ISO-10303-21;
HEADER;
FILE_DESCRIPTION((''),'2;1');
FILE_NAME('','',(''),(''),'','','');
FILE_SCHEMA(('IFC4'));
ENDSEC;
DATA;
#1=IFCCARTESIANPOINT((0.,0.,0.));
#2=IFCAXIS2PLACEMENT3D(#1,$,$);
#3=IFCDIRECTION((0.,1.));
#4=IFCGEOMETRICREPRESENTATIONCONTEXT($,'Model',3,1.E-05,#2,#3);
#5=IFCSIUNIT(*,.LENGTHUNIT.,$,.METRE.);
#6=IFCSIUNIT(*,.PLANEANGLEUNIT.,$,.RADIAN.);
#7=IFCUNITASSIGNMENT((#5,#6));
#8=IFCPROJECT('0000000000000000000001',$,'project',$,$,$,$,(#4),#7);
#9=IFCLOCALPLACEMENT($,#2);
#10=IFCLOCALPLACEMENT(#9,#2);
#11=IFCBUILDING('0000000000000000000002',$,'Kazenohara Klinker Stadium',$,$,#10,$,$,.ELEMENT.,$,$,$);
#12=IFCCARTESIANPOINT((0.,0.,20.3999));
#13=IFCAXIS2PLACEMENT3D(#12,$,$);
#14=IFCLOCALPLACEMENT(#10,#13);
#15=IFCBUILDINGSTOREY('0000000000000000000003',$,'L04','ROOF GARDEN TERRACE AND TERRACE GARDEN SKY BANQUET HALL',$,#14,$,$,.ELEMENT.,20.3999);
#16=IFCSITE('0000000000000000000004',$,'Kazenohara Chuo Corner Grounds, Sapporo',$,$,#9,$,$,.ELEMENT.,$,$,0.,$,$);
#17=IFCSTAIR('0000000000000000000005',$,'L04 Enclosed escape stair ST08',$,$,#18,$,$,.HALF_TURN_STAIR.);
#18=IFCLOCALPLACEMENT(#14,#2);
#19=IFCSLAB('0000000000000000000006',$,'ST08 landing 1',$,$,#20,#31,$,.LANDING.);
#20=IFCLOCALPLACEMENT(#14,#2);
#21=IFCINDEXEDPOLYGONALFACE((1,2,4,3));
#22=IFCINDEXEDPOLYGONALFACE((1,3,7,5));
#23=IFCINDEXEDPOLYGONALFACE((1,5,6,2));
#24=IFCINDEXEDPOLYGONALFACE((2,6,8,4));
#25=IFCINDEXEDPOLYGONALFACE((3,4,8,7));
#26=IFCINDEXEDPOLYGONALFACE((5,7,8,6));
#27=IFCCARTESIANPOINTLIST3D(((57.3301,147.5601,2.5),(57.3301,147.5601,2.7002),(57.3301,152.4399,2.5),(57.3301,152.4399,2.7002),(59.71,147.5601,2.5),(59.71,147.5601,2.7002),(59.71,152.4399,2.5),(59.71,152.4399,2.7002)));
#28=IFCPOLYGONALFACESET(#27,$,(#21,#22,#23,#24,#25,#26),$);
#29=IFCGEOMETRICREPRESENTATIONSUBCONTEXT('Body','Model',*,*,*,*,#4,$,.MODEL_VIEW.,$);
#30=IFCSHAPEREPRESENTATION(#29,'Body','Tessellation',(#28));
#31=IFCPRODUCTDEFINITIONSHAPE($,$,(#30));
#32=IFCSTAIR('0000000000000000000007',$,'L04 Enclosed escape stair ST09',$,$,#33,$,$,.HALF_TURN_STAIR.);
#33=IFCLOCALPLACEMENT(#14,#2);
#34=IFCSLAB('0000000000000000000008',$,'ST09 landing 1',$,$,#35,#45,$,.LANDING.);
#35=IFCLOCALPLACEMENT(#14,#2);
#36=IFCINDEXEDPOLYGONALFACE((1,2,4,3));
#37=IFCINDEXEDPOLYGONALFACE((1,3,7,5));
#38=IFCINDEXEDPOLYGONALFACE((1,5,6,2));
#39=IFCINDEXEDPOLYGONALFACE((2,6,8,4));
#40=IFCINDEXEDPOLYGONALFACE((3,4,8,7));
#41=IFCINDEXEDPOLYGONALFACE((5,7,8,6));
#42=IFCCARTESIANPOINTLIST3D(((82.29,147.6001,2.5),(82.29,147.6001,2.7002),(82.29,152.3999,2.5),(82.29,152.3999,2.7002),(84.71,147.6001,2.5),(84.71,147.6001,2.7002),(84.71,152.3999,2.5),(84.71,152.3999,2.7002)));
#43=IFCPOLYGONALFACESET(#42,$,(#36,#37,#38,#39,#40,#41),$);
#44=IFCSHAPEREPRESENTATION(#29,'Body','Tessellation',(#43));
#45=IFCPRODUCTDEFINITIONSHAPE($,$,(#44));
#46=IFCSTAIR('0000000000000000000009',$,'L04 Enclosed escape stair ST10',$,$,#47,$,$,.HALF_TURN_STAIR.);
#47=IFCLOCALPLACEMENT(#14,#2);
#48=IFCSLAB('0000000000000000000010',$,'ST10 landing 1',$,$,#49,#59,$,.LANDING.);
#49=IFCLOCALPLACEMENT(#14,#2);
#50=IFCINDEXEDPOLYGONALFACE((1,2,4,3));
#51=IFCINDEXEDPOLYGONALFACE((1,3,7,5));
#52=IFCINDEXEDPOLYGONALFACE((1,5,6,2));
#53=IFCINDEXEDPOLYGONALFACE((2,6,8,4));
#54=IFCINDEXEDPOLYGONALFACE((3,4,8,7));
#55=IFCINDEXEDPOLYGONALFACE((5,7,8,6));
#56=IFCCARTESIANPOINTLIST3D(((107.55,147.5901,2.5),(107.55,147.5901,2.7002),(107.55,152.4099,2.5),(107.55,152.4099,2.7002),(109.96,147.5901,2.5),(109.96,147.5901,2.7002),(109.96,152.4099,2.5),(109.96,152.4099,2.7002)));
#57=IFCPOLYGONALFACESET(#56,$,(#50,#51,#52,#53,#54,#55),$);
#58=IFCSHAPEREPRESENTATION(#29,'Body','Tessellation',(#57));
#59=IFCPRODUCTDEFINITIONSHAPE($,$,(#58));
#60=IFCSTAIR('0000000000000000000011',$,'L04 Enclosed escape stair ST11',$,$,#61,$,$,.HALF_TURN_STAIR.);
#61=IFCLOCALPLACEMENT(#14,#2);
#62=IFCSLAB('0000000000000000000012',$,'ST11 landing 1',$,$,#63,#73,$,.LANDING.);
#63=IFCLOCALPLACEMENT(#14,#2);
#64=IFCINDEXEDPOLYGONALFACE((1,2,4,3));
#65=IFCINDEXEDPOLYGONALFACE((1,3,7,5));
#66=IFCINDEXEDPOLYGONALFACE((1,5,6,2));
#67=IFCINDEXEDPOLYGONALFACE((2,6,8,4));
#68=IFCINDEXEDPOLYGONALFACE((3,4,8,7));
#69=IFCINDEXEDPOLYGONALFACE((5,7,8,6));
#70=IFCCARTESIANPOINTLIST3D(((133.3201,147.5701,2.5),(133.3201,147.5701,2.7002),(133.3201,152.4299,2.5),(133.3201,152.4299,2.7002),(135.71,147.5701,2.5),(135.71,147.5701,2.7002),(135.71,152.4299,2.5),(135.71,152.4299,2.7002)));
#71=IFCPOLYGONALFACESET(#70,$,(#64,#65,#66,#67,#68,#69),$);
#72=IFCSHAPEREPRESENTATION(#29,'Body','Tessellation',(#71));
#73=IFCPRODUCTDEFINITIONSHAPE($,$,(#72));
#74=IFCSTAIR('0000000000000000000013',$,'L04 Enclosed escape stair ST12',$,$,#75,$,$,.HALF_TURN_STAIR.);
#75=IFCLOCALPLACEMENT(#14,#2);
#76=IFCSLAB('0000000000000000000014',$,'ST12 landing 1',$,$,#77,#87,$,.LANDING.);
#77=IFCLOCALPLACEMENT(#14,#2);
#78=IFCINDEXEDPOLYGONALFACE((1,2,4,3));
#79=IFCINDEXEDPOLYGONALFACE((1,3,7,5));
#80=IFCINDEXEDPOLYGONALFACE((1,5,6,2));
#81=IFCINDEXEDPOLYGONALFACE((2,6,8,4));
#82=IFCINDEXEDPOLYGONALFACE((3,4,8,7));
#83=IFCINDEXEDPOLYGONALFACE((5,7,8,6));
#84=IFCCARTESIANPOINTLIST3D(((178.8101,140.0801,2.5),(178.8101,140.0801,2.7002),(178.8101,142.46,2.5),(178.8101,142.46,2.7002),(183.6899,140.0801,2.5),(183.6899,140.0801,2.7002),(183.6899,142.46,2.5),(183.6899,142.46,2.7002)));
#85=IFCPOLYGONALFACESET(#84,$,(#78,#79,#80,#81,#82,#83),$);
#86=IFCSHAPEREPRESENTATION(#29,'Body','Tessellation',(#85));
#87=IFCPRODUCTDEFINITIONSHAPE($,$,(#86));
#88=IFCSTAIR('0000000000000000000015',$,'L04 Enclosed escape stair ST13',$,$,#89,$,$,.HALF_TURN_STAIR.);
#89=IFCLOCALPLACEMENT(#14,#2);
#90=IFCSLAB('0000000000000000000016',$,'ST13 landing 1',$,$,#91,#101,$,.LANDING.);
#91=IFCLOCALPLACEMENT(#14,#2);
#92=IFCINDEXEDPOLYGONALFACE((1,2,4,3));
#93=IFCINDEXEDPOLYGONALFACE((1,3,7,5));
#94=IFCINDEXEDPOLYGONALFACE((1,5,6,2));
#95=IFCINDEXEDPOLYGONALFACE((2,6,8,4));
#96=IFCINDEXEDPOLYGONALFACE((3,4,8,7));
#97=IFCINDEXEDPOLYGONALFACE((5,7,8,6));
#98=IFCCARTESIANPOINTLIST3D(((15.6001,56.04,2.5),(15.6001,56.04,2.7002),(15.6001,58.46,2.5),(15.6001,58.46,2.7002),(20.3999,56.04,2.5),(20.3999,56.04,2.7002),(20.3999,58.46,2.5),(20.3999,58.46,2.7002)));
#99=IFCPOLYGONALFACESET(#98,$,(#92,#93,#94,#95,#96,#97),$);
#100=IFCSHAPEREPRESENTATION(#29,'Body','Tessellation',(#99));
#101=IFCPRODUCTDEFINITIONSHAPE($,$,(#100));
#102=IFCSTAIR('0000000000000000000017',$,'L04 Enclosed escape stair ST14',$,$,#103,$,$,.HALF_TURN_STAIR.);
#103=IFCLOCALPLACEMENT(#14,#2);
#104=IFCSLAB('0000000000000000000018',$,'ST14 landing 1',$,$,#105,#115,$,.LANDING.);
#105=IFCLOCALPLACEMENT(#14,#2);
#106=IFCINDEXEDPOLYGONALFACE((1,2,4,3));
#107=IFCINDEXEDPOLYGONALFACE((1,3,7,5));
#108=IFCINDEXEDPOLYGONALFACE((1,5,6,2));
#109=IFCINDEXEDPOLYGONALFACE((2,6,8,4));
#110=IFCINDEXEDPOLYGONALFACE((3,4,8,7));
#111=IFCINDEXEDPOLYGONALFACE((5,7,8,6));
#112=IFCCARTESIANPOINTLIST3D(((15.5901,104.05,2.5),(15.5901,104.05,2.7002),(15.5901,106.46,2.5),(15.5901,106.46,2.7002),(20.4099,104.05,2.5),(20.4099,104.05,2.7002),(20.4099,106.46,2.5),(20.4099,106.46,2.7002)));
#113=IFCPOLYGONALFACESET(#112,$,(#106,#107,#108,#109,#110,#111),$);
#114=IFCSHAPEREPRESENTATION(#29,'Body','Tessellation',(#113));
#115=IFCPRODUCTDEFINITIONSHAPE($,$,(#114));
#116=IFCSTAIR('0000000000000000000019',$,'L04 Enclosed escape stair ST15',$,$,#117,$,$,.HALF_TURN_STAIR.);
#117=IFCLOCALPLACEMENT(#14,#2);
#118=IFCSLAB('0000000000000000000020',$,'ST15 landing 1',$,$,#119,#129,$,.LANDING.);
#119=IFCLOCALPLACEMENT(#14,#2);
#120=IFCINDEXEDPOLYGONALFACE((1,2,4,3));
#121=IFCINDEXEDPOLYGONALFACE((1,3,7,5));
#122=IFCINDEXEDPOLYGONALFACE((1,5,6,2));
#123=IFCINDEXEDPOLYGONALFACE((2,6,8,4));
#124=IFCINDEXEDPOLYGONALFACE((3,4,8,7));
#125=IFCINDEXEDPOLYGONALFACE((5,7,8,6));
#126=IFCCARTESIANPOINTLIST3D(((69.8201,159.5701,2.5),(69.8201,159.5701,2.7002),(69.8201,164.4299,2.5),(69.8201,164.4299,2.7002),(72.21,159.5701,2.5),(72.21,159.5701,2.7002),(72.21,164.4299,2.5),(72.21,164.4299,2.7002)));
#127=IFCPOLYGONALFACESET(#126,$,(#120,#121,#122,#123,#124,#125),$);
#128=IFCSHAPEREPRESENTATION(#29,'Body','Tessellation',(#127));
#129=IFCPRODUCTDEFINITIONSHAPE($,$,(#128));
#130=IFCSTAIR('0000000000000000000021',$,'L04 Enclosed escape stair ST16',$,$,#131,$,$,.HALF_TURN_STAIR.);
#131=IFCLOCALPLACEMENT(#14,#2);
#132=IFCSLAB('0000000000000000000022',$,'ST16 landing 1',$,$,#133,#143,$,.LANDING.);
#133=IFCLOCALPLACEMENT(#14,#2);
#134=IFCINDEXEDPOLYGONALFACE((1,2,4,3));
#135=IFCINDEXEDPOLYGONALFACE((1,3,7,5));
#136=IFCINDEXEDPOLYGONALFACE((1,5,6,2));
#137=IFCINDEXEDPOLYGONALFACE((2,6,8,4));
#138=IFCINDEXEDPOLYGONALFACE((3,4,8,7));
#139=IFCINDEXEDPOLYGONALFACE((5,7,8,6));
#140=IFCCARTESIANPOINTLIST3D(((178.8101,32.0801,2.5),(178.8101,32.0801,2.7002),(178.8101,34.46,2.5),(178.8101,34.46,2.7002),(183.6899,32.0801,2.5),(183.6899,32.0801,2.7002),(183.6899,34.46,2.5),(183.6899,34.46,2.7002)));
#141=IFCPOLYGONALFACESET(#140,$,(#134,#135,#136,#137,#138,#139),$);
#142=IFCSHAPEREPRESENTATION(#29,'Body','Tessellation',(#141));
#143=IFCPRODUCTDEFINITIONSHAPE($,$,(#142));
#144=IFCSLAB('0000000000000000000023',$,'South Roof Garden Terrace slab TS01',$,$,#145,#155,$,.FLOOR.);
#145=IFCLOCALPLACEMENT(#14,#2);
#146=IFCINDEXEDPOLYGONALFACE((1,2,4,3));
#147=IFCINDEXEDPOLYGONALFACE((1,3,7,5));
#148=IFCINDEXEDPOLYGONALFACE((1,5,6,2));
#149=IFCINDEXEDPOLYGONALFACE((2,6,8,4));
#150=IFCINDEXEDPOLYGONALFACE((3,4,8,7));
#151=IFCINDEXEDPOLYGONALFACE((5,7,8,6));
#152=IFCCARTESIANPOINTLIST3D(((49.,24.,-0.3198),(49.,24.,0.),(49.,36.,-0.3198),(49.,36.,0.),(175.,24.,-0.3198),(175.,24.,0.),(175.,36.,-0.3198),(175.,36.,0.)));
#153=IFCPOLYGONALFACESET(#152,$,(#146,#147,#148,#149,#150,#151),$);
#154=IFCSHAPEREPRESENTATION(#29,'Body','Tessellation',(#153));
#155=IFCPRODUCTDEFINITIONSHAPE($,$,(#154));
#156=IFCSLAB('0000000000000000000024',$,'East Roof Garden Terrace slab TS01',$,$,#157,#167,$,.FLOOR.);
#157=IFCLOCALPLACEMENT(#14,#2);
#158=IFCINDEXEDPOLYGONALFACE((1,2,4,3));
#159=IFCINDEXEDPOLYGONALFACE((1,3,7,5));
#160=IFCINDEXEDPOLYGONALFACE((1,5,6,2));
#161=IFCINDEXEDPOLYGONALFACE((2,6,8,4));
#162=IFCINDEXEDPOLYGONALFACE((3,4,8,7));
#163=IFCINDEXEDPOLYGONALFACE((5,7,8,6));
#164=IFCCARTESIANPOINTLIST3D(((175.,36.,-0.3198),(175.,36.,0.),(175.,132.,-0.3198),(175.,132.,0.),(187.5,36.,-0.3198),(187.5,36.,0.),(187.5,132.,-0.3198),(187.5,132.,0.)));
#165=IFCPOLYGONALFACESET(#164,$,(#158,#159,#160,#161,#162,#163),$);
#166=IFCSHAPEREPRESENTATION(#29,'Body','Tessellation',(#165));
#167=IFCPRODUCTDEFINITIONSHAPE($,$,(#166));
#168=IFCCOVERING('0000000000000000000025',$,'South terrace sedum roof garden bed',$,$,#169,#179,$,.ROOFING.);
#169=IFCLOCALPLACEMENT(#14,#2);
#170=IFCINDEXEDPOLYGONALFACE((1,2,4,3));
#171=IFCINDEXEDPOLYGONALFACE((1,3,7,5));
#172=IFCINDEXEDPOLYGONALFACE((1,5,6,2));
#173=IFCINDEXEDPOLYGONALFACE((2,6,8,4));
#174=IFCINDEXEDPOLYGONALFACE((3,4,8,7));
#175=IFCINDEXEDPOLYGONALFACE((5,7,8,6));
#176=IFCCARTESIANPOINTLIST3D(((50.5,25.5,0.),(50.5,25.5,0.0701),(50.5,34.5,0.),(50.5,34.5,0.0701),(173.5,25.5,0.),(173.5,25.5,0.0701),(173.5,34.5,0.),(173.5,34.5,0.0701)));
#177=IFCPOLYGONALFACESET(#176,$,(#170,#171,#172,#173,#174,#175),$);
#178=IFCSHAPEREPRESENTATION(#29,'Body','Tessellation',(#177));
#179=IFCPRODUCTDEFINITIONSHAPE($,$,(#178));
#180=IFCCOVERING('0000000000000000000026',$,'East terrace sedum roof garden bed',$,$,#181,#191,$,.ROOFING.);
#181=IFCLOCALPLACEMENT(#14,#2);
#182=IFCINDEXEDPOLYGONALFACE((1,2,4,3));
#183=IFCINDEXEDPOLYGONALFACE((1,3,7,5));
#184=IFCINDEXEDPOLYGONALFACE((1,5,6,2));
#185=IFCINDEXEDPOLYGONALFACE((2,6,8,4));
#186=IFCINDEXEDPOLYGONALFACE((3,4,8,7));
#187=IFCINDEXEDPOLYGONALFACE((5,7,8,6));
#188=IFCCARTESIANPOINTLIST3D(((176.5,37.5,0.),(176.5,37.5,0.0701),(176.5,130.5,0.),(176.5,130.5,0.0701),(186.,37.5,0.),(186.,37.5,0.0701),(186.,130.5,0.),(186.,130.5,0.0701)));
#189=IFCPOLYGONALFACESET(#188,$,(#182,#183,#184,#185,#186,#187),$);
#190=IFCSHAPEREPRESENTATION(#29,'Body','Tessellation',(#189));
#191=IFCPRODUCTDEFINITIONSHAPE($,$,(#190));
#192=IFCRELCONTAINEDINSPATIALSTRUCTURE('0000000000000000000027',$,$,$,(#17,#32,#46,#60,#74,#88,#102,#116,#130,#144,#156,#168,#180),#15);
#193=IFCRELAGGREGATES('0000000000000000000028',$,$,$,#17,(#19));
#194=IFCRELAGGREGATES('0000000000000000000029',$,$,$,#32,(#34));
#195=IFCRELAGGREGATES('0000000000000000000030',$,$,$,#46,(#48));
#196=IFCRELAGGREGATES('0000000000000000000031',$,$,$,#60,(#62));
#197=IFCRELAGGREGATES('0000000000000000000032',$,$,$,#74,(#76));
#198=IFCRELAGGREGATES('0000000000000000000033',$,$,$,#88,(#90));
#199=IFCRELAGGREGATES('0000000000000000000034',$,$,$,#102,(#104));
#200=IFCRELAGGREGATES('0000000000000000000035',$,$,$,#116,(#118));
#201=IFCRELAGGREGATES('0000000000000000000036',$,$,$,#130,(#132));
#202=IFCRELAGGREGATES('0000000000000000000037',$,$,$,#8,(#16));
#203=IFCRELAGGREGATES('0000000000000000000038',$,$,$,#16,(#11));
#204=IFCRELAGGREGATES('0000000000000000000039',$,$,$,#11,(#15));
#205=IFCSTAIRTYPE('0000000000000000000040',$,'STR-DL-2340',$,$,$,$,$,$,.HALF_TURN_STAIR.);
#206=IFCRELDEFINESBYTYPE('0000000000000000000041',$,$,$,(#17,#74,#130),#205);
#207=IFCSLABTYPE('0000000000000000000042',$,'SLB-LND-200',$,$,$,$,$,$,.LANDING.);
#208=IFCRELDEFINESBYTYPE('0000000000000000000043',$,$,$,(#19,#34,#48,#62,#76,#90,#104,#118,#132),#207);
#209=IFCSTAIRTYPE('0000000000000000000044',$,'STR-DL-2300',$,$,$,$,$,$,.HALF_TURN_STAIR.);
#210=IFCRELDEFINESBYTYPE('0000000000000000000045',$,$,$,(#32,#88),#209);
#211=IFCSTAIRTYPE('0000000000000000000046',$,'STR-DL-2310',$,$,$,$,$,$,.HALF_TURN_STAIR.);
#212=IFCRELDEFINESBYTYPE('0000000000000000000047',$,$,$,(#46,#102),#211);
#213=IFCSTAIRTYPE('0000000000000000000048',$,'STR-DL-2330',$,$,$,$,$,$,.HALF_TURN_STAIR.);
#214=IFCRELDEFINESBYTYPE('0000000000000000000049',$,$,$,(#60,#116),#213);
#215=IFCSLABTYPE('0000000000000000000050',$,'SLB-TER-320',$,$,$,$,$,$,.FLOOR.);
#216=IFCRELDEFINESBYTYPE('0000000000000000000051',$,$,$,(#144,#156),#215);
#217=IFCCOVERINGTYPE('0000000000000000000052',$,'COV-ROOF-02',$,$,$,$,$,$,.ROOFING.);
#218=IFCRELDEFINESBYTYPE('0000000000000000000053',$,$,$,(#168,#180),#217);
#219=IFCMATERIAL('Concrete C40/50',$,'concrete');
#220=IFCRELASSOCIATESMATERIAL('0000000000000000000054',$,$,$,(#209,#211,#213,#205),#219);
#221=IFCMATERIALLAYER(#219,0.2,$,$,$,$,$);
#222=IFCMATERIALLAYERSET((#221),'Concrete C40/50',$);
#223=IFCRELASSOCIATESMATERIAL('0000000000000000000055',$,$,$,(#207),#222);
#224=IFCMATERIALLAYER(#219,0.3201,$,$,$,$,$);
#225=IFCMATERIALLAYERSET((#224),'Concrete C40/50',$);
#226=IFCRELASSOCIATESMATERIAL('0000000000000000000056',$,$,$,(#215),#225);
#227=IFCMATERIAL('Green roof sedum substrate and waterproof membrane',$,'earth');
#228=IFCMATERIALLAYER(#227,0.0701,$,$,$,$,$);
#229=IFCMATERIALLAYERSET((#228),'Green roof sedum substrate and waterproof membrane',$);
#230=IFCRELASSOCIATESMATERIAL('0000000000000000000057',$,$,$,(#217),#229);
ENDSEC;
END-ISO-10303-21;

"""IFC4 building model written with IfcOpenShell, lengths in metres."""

from ifc_helpers import new_model, si_unit, direction, frame, origin, place, context, subcontext, project, spatial, polyline, outline, extrude, material, layer, layer_set, type_object, element, aggregate, save


model = new_model("IFC4")

# Units and contexts
model_context = context("Model", 3, precision=1e-05, world=origin(), true_north=direction((0.0, 1.0)))
body_context = subcontext(model_context, "Body", "Model", "MODEL_VIEW")
ifc_project = project(units=[si_unit("LENGTHUNIT", "METRE"), si_unit("PLANEANGLEUNIT", "RADIAN")], contexts=[model_context])

# Site, building, storey
site_placement = place(None, origin())
site = spatial("IfcSite", under=ifc_project, at=site_placement, Name="Kazenohara Chuo Corner Grounds, Sapporo", CompositionType="ELEMENT", RefElevation=0.0)
building_placement = place(site_placement, origin())
building = spatial("IfcBuilding", under=site, at=building_placement, Name="Kazenohara Klinker Stadium", CompositionType="ELEMENT")
storey_placement = place(building_placement, frame((0.0, 0.0, 20.3999)))
storey = spatial("IfcBuildingStorey", under=building, at=storey_placement, Name="L04", Description="ROOF GARDEN TERRACE AND TERRACE GARDEN SKY BANQUET HALL", CompositionType="ELEMENT", Elevation=20.3999)

# Shared definitions
ifc_material_1 = material(Name="Concrete C40/50", Category="concrete")

# Stairs, slabs
stair_type_1 = type_object("IfcStairType", Name="STR-DL-2300", PredefinedType="HALF_TURN_STAIR", material=ifc_material_1)
ifc_layer_1 = layer(ifc_material_1, 0.2)
ifc_layer_set_1 = layer_set([ifc_layer_1], Name="Concrete C40/50")
slab_type_1 = type_object("IfcSlabType", Name="SLB-LND-200", PredefinedType="LANDING", material=ifc_layer_set_1)
stair_type_2 = type_object("IfcStairType", Name="STR-DL-2310", PredefinedType="HALF_TURN_STAIR", material=ifc_material_1)
stair_type_3 = type_object("IfcStairType", Name="STR-DL-2330", PredefinedType="HALF_TURN_STAIR", material=ifc_material_1)
stair_type_4 = type_object("IfcStairType", Name="STR-DL-2340", PredefinedType="HALF_TURN_STAIR", material=ifc_material_1)
stair_1_placement = place(storey_placement, origin())
stair_1 = element("IfcStair", 1, at=stair_1_placement, inside=storey, type_object=stair_type_4, Name="L04 Enclosed escape stair ST08", PredefinedType="HALF_TURN_STAIR")
slab_1_placement = place(storey_placement, frame((0.0, 0.0, 2.5)))
slab_1 = element("IfcSlab", 2, at=slab_1_placement, type_object=slab_type_1, Name="ST08 landing 1", PredefinedType="LANDING", context=body_context, shape_type="SweptSolid", body=[
    extrude(outline(polyline([(57.3301, 147.5601), (59.71, 147.5601), (59.71, 152.4399), (57.3301, 152.4399), (57.3301, 147.5601)])), origin(), (0.0, 0.0, 1.0), 0.2002),
])
aggregate(stair_1, [slab_1])
stair_2_placement = place(storey_placement, origin())
stair_2 = element("IfcStair", 3, at=stair_2_placement, inside=storey, type_object=stair_type_1, Name="L04 Enclosed escape stair ST09", PredefinedType="HALF_TURN_STAIR")
slab_2_placement = place(storey_placement, frame((0.0, 0.0, 2.5)))
slab_2 = element("IfcSlab", 4, at=slab_2_placement, type_object=slab_type_1, Name="ST09 landing 1", PredefinedType="LANDING", context=body_context, shape_type="SweptSolid", body=[
    extrude(outline(polyline([(82.29, 147.6001), (84.71, 147.6001), (84.71, 152.3999), (82.29, 152.3999), (82.29, 147.6001)])), origin(), (0.0, 0.0, 1.0), 0.2002),
])
aggregate(stair_2, [slab_2])
stair_3_placement = place(storey_placement, origin())
stair_3 = element("IfcStair", 5, at=stair_3_placement, inside=storey, type_object=stair_type_2, Name="L04 Enclosed escape stair ST10", PredefinedType="HALF_TURN_STAIR")
slab_3_placement = place(storey_placement, frame((0.0, 0.0, 2.5)))
slab_3 = element("IfcSlab", 6, at=slab_3_placement, type_object=slab_type_1, Name="ST10 landing 1", PredefinedType="LANDING", context=body_context, shape_type="SweptSolid", body=[
    extrude(outline(polyline([(107.55, 147.5901), (109.96, 147.5901), (109.96, 152.4099), (107.55, 152.4099), (107.55, 147.5901)])), origin(), (0.0, 0.0, 1.0), 0.2002),
])
aggregate(stair_3, [slab_3])
stair_4_placement = place(storey_placement, origin())
stair_4 = element("IfcStair", 7, at=stair_4_placement, inside=storey, type_object=stair_type_3, Name="L04 Enclosed escape stair ST11", PredefinedType="HALF_TURN_STAIR")
slab_4_placement = place(storey_placement, frame((0.0, 0.0, 2.5)))
slab_4 = element("IfcSlab", 8, at=slab_4_placement, type_object=slab_type_1, Name="ST11 landing 1", PredefinedType="LANDING", context=body_context, shape_type="SweptSolid", body=[
    extrude(outline(polyline([(133.3201, 147.5701), (135.71, 147.5701), (135.71, 152.4299), (133.3201, 152.4299), (133.3201, 147.5701)])), origin(), (0.0, 0.0, 1.0), 0.2002),
])
aggregate(stair_4, [slab_4])
stair_5_placement = place(storey_placement, origin())
stair_5 = element("IfcStair", 9, at=stair_5_placement, inside=storey, type_object=stair_type_4, Name="L04 Enclosed escape stair ST12", PredefinedType="HALF_TURN_STAIR")
slab_5_placement = place(storey_placement, frame((0.0, 0.0, 2.5)))
slab_5 = element("IfcSlab", 10, at=slab_5_placement, type_object=slab_type_1, Name="ST12 landing 1", PredefinedType="LANDING", context=body_context, shape_type="SweptSolid", body=[
    extrude(outline(polyline([(183.6899, 140.0801), (183.6899, 142.46), (178.8101, 142.46), (178.8101, 140.0801), (183.6899, 140.0801)])), origin(), (0.0, 0.0, 1.0), 0.2002),
])
aggregate(stair_5, [slab_5])
stair_6_placement = place(storey_placement, origin())
stair_6 = element("IfcStair", 11, at=stair_6_placement, inside=storey, type_object=stair_type_1, Name="L04 Enclosed escape stair ST13", PredefinedType="HALF_TURN_STAIR")
slab_6_placement = place(storey_placement, frame((0.0, 0.0, 2.5)))
slab_6 = element("IfcSlab", 12, at=slab_6_placement, type_object=slab_type_1, Name="ST13 landing 1", PredefinedType="LANDING", context=body_context, shape_type="SweptSolid", body=[
    extrude(outline(polyline([(20.3999, 56.04), (20.3999, 58.46), (15.6001, 58.46), (15.6001, 56.04), (20.3999, 56.04)])), origin(), (0.0, 0.0, 1.0), 0.2002),
])
aggregate(stair_6, [slab_6])
stair_7_placement = place(storey_placement, origin())
stair_7 = element("IfcStair", 13, at=stair_7_placement, inside=storey, type_object=stair_type_2, Name="L04 Enclosed escape stair ST14", PredefinedType="HALF_TURN_STAIR")
slab_7_placement = place(storey_placement, frame((0.0, 0.0, 2.5)))
slab_7 = element("IfcSlab", 14, at=slab_7_placement, type_object=slab_type_1, Name="ST14 landing 1", PredefinedType="LANDING", context=body_context, shape_type="SweptSolid", body=[
    extrude(outline(polyline([(20.4099, 104.05), (20.4099, 106.46), (15.5901, 106.46), (15.5901, 104.05), (20.4099, 104.05)])), origin(), (0.0, 0.0, 1.0), 0.2002),
])
aggregate(stair_7, [slab_7])
stair_8_placement = place(storey_placement, origin())
stair_8 = element("IfcStair", 15, at=stair_8_placement, inside=storey, type_object=stair_type_3, Name="L04 Enclosed escape stair ST15", PredefinedType="HALF_TURN_STAIR")
slab_8_placement = place(storey_placement, frame((0.0, 0.0, 2.5)))
slab_8 = element("IfcSlab", 16, at=slab_8_placement, type_object=slab_type_1, Name="ST15 landing 1", PredefinedType="LANDING", context=body_context, shape_type="SweptSolid", body=[
    extrude(outline(polyline([(69.8201, 159.5701), (72.21, 159.5701), (72.21, 164.4299), (69.8201, 164.4299), (69.8201, 159.5701)])), origin(), (0.0, 0.0, 1.0), 0.2002),
])
aggregate(stair_8, [slab_8])
stair_9_placement = place(storey_placement, origin())
stair_9 = element("IfcStair", 17, at=stair_9_placement, inside=storey, type_object=stair_type_4, Name="L04 Enclosed escape stair ST16", PredefinedType="HALF_TURN_STAIR")
slab_9_placement = place(storey_placement, frame((0.0, 0.0, 2.5)))
slab_9 = element("IfcSlab", 18, at=slab_9_placement, type_object=slab_type_1, Name="ST16 landing 1", PredefinedType="LANDING", context=body_context, shape_type="SweptSolid", body=[
    extrude(outline(polyline([(183.6899, 32.0801), (183.6899, 34.46), (178.8101, 34.46), (178.8101, 32.0801), (183.6899, 32.0801)])), origin(), (0.0, 0.0, 1.0), 0.2002),
])
aggregate(stair_9, [slab_9])

# Slabs
ifc_layer_2 = layer(ifc_material_1, 0.3201)
ifc_layer_set_2 = layer_set([ifc_layer_2], Name="Concrete C40/50")
slab_type_2 = type_object("IfcSlabType", Name="SLB-TER-320", PredefinedType="FLOOR", material=ifc_layer_set_2)
slab_10_placement = place(storey_placement, frame((0.0, 0.0, -0.3198)))
element("IfcSlab", 19, at=slab_10_placement, inside=storey, type_object=slab_type_2, Name="South Roof Garden Terrace slab TS01", PredefinedType="FLOOR", context=body_context, shape_type="SweptSolid", body=[
    extrude(outline(polyline([(49.0, 24.0), (175.0, 24.0), (175.0, 36.0), (49.0, 36.0), (49.0, 24.0)])), origin(), (0.0, 0.0, 1.0), 0.3198),
])
slab_11_placement = place(storey_placement, frame((0.0, 0.0, -0.3198)))
element("IfcSlab", 20, at=slab_11_placement, inside=storey, type_object=slab_type_2, Name="East Roof Garden Terrace slab TS01", PredefinedType="FLOOR", context=body_context, shape_type="SweptSolid", body=[
    extrude(outline(polyline([(175.0, 36.0), (187.5, 36.0), (187.5, 132.0), (175.0, 132.0), (175.0, 36.0)])), origin(), (0.0, 0.0, 1.0), 0.3198),
])

# Coverings
ifc_material_2 = material(Name="Green roof sedum substrate and waterproof membrane", Category="earth")
ifc_layer_3 = layer(ifc_material_2, 0.0701)
ifc_layer_set_3 = layer_set([ifc_layer_3], Name="Green roof sedum substrate and waterproof membrane")
covering_type = type_object("IfcCoveringType", Name="COV-ROOF-02", PredefinedType="ROOFING", material=ifc_layer_set_3)
covering_1_placement = place(storey_placement, origin())
element("IfcCovering", 21, at=covering_1_placement, inside=storey, type_object=covering_type, Name="South terrace sedum roof garden bed", PredefinedType="ROOFING", context=body_context, shape_type="SweptSolid", body=[
    extrude(outline(polyline([(50.5, 25.5), (173.5, 25.5), (173.5, 34.5), (50.5, 34.5), (50.5, 25.5)])), origin(), (0.0, 0.0, 1.0), 0.0701),
])
covering_2_placement = place(storey_placement, origin())
element("IfcCovering", 22, at=covering_2_placement, inside=storey, type_object=covering_type, Name="East terrace sedum roof garden bed", PredefinedType="ROOFING", context=body_context, shape_type="SweptSolid", body=[
    extrude(outline(polyline([(176.5, 37.5), (186.0, 37.5), (186.0, 130.5), (176.5, 130.5), (176.5, 37.5)])), origin(), (0.0, 0.0, 1.0), 0.0701),
])

save(model, "model.ifc")
